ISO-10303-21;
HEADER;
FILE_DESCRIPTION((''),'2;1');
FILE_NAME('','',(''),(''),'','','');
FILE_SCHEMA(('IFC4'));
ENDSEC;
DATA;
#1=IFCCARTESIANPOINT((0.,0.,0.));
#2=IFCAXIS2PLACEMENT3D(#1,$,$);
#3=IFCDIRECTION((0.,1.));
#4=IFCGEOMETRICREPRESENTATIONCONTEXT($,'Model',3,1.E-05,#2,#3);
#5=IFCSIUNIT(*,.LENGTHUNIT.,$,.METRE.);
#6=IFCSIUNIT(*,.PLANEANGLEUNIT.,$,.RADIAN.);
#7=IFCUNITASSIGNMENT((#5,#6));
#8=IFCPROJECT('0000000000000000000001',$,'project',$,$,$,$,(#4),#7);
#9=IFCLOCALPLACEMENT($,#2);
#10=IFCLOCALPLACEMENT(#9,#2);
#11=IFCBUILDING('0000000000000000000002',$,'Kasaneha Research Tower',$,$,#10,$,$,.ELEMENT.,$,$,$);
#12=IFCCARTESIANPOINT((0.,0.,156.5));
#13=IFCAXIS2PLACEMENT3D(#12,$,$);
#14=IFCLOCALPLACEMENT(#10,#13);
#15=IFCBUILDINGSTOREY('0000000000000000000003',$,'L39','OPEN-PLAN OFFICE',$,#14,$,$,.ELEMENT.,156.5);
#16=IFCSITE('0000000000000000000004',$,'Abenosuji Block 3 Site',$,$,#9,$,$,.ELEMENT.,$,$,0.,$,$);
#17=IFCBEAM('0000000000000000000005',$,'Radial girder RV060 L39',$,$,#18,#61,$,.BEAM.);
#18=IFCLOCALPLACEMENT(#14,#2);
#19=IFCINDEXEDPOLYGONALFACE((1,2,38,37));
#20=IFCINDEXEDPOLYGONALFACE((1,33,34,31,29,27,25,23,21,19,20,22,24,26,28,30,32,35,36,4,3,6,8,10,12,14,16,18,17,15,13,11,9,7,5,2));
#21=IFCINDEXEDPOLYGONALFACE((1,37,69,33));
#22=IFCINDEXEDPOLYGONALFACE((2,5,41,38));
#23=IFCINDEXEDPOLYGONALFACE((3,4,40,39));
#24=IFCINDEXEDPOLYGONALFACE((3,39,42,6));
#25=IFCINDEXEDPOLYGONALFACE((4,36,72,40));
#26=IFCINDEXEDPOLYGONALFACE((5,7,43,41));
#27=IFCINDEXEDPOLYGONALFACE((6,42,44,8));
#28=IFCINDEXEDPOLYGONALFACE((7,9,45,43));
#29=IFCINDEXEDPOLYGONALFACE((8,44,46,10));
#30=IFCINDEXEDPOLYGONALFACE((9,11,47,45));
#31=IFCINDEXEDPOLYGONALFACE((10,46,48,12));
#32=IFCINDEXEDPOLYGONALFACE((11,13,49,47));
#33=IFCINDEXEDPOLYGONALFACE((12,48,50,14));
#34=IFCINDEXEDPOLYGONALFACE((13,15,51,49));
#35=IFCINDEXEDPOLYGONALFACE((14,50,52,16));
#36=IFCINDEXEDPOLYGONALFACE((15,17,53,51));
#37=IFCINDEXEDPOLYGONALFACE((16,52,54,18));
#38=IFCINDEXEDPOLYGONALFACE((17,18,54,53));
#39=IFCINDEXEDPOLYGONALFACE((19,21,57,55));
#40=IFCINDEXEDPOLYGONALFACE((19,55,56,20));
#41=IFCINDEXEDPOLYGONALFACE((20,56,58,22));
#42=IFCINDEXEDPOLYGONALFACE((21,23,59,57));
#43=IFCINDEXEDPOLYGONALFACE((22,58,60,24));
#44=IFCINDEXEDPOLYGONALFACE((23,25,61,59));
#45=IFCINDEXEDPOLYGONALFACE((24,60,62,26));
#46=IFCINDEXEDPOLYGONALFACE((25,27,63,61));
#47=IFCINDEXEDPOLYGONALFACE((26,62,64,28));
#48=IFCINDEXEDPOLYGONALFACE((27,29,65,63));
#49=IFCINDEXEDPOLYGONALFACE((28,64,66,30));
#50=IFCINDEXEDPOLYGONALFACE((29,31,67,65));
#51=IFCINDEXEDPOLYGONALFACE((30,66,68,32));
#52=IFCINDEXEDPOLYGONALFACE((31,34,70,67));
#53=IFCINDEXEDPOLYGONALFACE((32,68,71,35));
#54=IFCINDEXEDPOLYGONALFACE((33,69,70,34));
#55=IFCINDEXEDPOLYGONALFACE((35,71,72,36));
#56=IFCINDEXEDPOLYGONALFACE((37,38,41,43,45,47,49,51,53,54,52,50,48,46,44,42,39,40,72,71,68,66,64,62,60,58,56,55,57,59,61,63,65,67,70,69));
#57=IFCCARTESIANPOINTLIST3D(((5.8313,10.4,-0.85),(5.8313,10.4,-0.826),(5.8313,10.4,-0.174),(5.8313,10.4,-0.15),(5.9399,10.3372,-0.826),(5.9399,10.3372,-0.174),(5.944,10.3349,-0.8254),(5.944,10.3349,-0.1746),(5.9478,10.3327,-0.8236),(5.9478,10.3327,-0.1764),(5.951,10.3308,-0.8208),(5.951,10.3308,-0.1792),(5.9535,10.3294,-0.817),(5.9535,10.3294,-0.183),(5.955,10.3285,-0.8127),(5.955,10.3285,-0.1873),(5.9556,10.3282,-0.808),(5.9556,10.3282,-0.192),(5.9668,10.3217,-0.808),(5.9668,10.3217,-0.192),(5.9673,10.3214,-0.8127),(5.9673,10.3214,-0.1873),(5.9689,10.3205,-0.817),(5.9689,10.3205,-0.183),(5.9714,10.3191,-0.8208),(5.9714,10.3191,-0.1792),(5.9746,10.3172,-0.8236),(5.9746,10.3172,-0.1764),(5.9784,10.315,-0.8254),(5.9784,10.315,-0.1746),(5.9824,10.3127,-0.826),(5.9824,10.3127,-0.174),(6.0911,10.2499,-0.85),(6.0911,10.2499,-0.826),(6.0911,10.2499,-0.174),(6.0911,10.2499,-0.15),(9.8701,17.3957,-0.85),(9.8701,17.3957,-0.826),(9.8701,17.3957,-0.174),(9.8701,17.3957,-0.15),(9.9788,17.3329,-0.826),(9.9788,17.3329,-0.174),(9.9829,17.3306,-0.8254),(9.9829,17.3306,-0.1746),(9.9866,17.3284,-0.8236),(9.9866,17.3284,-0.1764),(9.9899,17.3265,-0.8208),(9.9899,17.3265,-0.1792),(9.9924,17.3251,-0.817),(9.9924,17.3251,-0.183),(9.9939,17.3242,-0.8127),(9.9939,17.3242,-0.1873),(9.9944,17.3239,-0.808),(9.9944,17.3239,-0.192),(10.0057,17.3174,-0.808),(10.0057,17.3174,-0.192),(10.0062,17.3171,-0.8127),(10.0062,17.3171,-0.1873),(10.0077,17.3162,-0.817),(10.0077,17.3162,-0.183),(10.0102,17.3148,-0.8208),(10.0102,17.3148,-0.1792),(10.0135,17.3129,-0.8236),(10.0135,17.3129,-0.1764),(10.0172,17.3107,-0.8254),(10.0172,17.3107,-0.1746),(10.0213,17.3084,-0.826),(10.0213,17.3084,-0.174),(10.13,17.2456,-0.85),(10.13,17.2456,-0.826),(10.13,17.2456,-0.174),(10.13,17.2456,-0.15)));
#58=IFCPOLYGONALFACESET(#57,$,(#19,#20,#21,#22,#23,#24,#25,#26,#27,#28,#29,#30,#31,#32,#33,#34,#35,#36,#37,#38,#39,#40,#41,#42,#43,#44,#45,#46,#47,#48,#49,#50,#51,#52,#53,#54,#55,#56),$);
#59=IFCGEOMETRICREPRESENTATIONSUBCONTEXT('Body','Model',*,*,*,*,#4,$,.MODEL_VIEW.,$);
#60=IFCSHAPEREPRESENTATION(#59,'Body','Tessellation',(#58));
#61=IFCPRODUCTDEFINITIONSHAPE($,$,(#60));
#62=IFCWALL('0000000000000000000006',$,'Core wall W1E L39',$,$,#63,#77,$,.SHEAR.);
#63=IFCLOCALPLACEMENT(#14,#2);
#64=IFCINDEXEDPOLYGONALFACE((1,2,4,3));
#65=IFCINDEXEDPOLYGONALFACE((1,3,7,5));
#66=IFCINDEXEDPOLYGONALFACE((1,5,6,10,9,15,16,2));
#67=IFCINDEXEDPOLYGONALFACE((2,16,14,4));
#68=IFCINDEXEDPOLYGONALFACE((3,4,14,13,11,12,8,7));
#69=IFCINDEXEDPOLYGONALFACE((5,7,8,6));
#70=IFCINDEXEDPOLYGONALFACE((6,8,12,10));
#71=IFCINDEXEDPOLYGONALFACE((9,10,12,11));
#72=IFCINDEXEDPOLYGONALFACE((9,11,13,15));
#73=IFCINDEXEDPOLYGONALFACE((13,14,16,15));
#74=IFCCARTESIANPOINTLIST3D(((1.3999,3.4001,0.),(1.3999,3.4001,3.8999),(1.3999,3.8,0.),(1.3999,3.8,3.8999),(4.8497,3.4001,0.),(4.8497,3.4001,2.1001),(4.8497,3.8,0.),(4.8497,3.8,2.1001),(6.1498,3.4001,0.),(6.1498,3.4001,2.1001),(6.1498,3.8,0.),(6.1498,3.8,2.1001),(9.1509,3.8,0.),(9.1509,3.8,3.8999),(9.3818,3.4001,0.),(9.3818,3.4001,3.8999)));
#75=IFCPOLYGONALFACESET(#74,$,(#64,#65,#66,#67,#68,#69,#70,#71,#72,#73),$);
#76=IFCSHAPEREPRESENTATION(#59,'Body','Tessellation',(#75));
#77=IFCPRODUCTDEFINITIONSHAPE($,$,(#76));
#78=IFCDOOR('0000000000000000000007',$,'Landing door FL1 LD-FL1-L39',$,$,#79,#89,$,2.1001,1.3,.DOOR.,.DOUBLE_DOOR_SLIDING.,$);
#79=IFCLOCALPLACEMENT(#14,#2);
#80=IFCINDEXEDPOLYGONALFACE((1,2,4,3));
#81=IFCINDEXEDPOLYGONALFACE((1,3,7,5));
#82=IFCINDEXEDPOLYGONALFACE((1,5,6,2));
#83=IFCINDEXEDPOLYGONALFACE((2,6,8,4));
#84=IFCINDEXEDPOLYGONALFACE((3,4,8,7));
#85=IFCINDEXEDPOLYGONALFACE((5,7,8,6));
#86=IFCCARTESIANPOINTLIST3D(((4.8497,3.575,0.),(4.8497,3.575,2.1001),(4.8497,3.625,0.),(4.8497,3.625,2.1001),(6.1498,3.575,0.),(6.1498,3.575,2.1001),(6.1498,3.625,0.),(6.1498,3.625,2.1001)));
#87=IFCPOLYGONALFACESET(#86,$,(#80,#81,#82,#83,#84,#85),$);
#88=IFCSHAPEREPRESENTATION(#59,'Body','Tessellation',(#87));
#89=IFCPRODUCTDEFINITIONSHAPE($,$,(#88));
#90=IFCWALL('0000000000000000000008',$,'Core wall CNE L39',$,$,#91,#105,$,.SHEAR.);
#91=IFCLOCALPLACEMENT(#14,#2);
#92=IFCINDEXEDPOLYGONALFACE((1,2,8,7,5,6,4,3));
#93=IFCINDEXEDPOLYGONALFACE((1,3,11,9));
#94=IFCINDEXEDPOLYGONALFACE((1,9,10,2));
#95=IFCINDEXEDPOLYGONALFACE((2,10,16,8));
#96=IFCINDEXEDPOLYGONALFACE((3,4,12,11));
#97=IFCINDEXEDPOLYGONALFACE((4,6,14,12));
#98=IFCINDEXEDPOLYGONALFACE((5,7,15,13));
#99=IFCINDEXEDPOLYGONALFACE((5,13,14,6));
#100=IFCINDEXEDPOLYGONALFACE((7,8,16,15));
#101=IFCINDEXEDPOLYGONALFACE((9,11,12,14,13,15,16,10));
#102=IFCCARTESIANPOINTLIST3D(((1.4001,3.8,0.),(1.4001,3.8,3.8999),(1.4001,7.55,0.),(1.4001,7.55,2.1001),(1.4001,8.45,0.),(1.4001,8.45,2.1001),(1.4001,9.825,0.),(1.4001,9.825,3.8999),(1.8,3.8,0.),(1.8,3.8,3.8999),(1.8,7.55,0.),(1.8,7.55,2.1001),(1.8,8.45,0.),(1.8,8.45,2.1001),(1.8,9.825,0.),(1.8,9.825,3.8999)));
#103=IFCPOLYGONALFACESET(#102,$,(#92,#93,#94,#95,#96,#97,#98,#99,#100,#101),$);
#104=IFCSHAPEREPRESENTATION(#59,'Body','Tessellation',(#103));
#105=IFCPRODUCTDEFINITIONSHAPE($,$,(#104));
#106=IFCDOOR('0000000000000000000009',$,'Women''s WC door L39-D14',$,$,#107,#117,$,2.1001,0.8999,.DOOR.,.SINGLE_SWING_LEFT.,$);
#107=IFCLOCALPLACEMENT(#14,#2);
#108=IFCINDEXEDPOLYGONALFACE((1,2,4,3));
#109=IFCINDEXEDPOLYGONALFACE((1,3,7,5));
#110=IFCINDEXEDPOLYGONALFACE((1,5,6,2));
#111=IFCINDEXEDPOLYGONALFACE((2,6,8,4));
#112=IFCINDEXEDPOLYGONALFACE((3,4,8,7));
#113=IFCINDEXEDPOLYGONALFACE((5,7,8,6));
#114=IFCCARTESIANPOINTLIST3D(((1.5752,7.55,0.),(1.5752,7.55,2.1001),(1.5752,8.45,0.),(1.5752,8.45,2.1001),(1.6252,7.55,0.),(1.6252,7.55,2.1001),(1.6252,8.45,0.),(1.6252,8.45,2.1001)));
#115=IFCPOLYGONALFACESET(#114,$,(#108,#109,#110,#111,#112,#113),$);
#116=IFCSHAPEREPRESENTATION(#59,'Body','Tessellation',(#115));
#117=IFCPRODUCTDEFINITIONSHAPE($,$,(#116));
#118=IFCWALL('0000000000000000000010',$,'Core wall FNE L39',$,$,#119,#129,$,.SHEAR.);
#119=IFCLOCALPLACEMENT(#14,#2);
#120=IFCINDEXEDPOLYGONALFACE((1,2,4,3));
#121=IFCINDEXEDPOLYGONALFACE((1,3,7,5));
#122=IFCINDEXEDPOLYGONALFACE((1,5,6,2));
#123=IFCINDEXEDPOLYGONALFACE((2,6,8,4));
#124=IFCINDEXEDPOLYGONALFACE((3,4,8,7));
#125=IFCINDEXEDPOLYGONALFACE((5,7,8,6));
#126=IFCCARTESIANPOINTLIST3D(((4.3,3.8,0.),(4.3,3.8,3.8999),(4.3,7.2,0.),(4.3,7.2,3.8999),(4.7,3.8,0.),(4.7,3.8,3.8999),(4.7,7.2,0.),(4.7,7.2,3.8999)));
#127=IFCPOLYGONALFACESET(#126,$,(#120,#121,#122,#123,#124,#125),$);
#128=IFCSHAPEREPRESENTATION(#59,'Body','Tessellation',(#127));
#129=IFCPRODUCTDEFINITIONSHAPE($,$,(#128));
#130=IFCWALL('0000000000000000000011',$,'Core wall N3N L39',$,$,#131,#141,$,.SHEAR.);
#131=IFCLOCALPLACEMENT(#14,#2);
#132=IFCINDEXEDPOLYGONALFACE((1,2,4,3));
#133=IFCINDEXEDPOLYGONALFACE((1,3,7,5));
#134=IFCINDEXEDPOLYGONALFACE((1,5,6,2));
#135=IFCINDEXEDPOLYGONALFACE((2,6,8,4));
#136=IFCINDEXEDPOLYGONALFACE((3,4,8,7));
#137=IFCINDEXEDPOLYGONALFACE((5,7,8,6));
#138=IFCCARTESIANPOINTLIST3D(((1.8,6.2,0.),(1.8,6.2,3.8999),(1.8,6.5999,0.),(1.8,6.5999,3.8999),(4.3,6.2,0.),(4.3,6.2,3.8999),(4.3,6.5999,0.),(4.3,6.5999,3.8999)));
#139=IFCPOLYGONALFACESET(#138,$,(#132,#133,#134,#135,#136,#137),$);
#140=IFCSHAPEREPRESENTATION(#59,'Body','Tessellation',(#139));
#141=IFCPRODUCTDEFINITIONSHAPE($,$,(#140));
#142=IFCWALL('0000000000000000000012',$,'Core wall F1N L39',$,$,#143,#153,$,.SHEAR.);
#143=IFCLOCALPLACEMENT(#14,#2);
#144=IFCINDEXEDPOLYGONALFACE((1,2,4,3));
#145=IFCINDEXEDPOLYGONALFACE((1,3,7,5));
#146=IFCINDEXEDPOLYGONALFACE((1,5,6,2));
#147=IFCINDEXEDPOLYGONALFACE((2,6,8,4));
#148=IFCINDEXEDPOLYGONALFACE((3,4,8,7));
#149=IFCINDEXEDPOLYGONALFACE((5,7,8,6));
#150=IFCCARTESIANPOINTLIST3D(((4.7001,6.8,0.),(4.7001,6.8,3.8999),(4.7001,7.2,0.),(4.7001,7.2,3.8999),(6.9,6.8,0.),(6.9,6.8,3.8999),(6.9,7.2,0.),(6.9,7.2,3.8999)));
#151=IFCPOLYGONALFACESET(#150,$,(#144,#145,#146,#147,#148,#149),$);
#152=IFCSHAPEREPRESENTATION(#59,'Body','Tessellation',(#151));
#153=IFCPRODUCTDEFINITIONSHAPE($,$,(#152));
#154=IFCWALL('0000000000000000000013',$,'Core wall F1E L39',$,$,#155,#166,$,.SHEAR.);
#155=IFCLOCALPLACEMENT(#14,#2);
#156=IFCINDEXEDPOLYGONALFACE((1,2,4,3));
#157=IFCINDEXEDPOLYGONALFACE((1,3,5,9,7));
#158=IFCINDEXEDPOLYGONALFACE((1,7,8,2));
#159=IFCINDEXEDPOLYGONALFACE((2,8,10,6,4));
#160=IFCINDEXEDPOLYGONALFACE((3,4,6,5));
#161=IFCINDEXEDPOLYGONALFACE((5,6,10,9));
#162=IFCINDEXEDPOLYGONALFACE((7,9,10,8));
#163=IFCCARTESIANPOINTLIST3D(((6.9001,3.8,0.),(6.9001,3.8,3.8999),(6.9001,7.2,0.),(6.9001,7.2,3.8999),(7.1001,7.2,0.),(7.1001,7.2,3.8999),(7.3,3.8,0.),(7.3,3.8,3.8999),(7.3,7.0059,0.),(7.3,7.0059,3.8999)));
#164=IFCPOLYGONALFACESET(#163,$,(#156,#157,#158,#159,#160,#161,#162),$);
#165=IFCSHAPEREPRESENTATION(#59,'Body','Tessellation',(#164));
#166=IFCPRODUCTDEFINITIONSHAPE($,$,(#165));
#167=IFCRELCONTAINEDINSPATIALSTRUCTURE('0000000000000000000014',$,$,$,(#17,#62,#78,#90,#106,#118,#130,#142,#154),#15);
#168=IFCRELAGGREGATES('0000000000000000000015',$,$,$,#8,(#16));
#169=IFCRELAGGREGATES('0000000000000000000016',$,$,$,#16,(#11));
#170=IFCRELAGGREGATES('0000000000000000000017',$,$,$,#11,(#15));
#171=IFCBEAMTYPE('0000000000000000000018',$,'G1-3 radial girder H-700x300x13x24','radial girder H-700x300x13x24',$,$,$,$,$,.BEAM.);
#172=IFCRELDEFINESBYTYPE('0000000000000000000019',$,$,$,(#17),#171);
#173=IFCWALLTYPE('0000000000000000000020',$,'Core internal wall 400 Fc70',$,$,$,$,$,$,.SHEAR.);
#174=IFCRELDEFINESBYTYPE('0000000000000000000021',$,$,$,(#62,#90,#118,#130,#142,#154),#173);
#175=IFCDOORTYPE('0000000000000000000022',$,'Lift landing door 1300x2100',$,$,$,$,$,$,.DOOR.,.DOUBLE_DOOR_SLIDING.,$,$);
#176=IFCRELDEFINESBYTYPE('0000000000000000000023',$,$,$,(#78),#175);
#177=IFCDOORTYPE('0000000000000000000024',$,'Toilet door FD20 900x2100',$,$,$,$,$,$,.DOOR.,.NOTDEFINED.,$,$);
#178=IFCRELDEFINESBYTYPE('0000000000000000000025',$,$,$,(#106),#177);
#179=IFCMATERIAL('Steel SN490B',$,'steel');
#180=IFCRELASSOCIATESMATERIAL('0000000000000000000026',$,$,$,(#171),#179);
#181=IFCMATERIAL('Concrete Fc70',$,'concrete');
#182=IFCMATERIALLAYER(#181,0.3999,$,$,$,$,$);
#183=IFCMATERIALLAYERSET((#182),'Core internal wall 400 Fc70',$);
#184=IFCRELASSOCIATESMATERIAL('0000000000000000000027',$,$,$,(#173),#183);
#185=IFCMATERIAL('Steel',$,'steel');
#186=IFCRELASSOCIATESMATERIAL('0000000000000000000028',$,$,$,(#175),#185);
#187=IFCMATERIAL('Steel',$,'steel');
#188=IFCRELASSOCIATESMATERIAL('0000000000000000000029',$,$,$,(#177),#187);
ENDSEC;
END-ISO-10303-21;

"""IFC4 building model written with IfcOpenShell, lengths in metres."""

from ifc_helpers import new_model, si_unit, direction, frame, frame_2d, origin, origin_2d, place, context, subcontext, project, spatial, polyline, rectangle, i_section, outline, extrude, material, layer, layer_set, material_profile, profile_set, type_object, element, fill, save


model = new_model("IFC4")

# Units and contexts
model_context = context("Model", 3, precision=1e-05, world=origin(), true_north=direction((0.0, 1.0)))
body_context = subcontext(model_context, "Body", "Model", "MODEL_VIEW")
ifc_project = project(units=[si_unit("LENGTHUNIT", "METRE"), si_unit("PLANEANGLEUNIT", "RADIAN")], contexts=[model_context])

# Site, building, storey
site_placement = place(None, origin())
site = spatial("IfcSite", under=ifc_project, at=site_placement, Name="Abenosuji Block 3 Site", CompositionType="ELEMENT", RefElevation=0.0)
building_placement = place(site_placement, origin())
building = spatial("IfcBuilding", under=site, at=building_placement, Name="Kasaneha Research Tower", CompositionType="ELEMENT")
storey_placement = place(building_placement, frame((0.0, 0.0, 156.5)))
storey = spatial("IfcBuildingStorey", under=building, at=storey_placement, Name="L39", Description="OPEN-PLAN OFFICE", CompositionType="ELEMENT", Elevation=156.5)

# Beam
ifc_material_1 = material(Name="Steel SN490B", Category="steel")
ifc_material_profile = material_profile(ifc_material_1, i_section(OverallWidth=0.3, OverallDepth=0.7, WebThickness=0.0129, FlangeThickness=0.0239, FilletRadius=0.0181, at=origin_2d()), Name="H-700x300x13x24")
ifc_profile_set = profile_set([ifc_material_profile], Name="Steel SN490B")
beam_type = type_object("IfcBeamType", Name="G1-3 radial girder H-700x300x13x24", Description="radial girder H-700x300x13x24", PredefinedType="BEAM", material=ifc_profile_set)
beam_placement = place(storey_placement, frame((5.9612, 10.325, -0.5), z_axis=(0.499991, 0.866031, 0.0), x_axis=(-0.866031, 0.499991, 0.0)))
element("IfcBeam", 1, at=beam_placement, inside=storey, type_object=beam_type, Name="Radial girder RV060 L39", PredefinedType="BEAM", context=body_context, shape_type="SweptSolid", body=[
    extrude(i_section(OverallWidth=0.3, OverallDepth=0.7, WebThickness=0.0129, FlangeThickness=0.0239, FilletRadius=0.0181, at=origin_2d()), origin(), (0.0, 0.0, 1.0), 8.0779),
])

# Walls, openings, doors
ifc_material_2 = material(Name="Concrete Fc70", Category="concrete")
ifc_layer_1 = layer(ifc_material_2, 0.3999)
ifc_layer_set_1 = layer_set([ifc_layer_1], Name="Core internal wall 400 Fc70")
wall_type_1 = type_object("IfcWallType", Name="Core internal wall 400 Fc70", PredefinedType="SHEAR", material=ifc_layer_set_1)
wall_1_placement = place(storey_placement, frame((1.3999, 3.6001, 0.0), z_axis=(0.0, 0.0, 1.0), x_axis=(1.0, 0.0, 0.0)))
wall_1 = element("IfcWall", 2, at=wall_1_placement, inside=storey, type_object=wall_type_1, Name="Core wall W1E L39", PredefinedType="SHEAR", context=body_context, shape_type="SweptSolid", body=[
    extrude(outline(polyline([(0.0, -0.2), (3.45, -0.2), (4.75, -0.2), (7.9819, -0.2), (7.751, 0.2), (4.75, 0.2), (3.45, 0.2), (0.0, 0.2), (0.0, -0.2)])), origin(), (0.0, 0.0, 1.0), 3.8999),
])
opening_1_placement = place(wall_1_placement, frame((3.45, 0.0, 0.0)))
opening_1 = element("IfcOpeningElement", 3, at=opening_1_placement, cuts=wall_1, PredefinedType="OPENING", context=body_context, shape_type="SweptSolid", body=[
    extrude(rectangle(XDim=1.3, YDim=2.1001, at=frame_2d((0.6499, 1.05))), frame((0.0, 0.21, 0.0), z_axis=(0.0, -1.0, 0.0), x_axis=(1.0, 0.0, 0.0)), (0.0, 0.0, 1.0), 0.4199),
])
ifc_material_3 = material(Name="Steel", Category="steel")
door_type_1 = type_object("IfcDoorType", Name="Lift landing door 1300x2100", OperationType="DOUBLE_DOOR_SLIDING", PredefinedType="DOOR", material=ifc_material_3)
door_1_placement = place(opening_1_placement, origin())
door_1 = element("IfcDoor", 4, at=door_1_placement, inside=storey, type_object=door_type_1, Name="Landing door FL1 LD-FL1-L39", OperationType="DOUBLE_DOOR_SLIDING", OverallHeight=2.1001, OverallWidth=1.3, PredefinedType="DOOR", context=body_context, shape_type="SweptSolid", body=[
    extrude(rectangle(XDim=1.3, YDim=2.1001, at=frame_2d((0.6499, 1.05))), frame((0.0, 0.0249, 0.0), z_axis=(0.0, -1.0, 0.0), x_axis=(1.0, 0.0, 0.0)), (0.0, 0.0, 1.0), 0.05),
])
fill(opening_1, door_1)
wall_2_placement = place(storey_placement, frame((1.6001, 3.8, 0.0), z_axis=(0.0, 0.0, 1.0), x_axis=(0.0, 1.0, 0.0)))
wall_2 = element("IfcWall", 5, at=wall_2_placement, inside=storey, type_object=wall_type_1, Name="Core wall CNE L39", PredefinedType="SHEAR", context=body_context, shape_type="SweptSolid", body=[
    extrude(rectangle(XDim=6.0249, YDim=0.3999, at=frame_2d((3.0125, 0.0))), origin(), (0.0, 0.0, 1.0), 3.8999),
])
opening_2_placement = place(wall_2_placement, frame((3.75, 0.0, 0.0)))
opening_2 = element("IfcOpeningElement", 6, at=opening_2_placement, cuts=wall_2, PredefinedType="OPENING", context=body_context, shape_type="SweptSolid", body=[
    extrude(rectangle(XDim=0.8999, YDim=2.1001, at=frame_2d((0.45, 1.05))), frame((0.0, 0.21, 0.0), z_axis=(0.0, -1.0, 0.0), x_axis=(1.0, 0.0, 0.0)), (0.0, 0.0, 1.0), 0.4199),
])
ifc_material_4 = material(Name="Steel", Category="steel")
door_type_2 = type_object("IfcDoorType", Name="Toilet door FD20 900x2100", OperationType="NOTDEFINED", PredefinedType="DOOR", material=ifc_material_4)
door_2_placement = place(opening_2_placement, origin())
door_2 = element("IfcDoor", 7, at=door_2_placement, inside=storey, type_object=door_type_2, Name="Women's WC door L39-D14", OperationType="SINGLE_SWING_LEFT", OverallHeight=2.1001, OverallWidth=0.8999, PredefinedType="DOOR", context=body_context, shape_type="SweptSolid", body=[
    extrude(rectangle(XDim=0.8999, YDim=2.1001, at=frame_2d((0.45, 1.05))), frame((0.0, 0.0249, 0.0), z_axis=(0.0, -1.0, 0.0), x_axis=(1.0, 0.0, 0.0)), (0.0, 0.0, 1.0), 0.05),
])
fill(opening_2, door_2)

# Walls
wall_3_placement = place(storey_placement, frame((4.5, 3.8, 0.0), z_axis=(0.0, 0.0, 1.0), x_axis=(0.0, 1.0, 0.0)))
element("IfcWall", 8, at=wall_3_placement, inside=storey, type_object=wall_type_1, Name="Core wall FNE L39", PredefinedType="SHEAR", context=body_context, shape_type="SweptSolid", body=[
    extrude(rectangle(XDim=3.3999, YDim=0.3999, at=frame_2d((1.7, 0.0))), origin(), (0.0, 0.0, 1.0), 3.8999),
])
wall_4_placement = place(storey_placement, frame((1.8, 6.3999, 0.0), z_axis=(0.0, 0.0, 1.0), x_axis=(1.0, 0.0, 0.0)))
element("IfcWall", 9, at=wall_4_placement, inside=storey, type_object=wall_type_1, Name="Core wall N3N L39", PredefinedType="SHEAR", context=body_context, shape_type="SweptSolid", body=[
    extrude(rectangle(XDim=2.5, YDim=0.3999, at=frame_2d((1.25, 0.0))), origin(), (0.0, 0.0, 1.0), 3.8999),
])
wall_5_placement = place(storey_placement, frame((4.7, 7.0, 0.0), z_axis=(0.0, 0.0, 1.0), x_axis=(1.0, 0.0, 0.0)))
element("IfcWall", 10, at=wall_5_placement, inside=storey, type_object=wall_type_1, Name="Core wall F1N L39", PredefinedType="SHEAR", context=body_context, shape_type="SweptSolid", body=[
    extrude(rectangle(XDim=2.2, YDim=0.3999, at=frame_2d((1.1001, 0.0))), origin(), (0.0, 0.0, 1.0), 3.8999),
])
wall_6_placement = place(storey_placement, frame((7.1001, 3.8, 0.0), z_axis=(0.0, 0.0, 1.0), x_axis=(0.0, 1.0, 0.0)))
element("IfcWall", 11, at=wall_6_placement, inside=storey, type_object=wall_type_1, Name="Core wall F1E L39", PredefinedType="SHEAR", context=body_context, shape_type="SweptSolid", body=[
    extrude(outline(polyline([(0.0, -0.2), (3.2058, -0.2), (3.3999, 0.0), (3.3999, 0.2), (0.0, 0.2), (0.0, -0.2)])), origin(), (0.0, 0.0, 1.0), 3.8999),
])

save(model, "model.ifc")
